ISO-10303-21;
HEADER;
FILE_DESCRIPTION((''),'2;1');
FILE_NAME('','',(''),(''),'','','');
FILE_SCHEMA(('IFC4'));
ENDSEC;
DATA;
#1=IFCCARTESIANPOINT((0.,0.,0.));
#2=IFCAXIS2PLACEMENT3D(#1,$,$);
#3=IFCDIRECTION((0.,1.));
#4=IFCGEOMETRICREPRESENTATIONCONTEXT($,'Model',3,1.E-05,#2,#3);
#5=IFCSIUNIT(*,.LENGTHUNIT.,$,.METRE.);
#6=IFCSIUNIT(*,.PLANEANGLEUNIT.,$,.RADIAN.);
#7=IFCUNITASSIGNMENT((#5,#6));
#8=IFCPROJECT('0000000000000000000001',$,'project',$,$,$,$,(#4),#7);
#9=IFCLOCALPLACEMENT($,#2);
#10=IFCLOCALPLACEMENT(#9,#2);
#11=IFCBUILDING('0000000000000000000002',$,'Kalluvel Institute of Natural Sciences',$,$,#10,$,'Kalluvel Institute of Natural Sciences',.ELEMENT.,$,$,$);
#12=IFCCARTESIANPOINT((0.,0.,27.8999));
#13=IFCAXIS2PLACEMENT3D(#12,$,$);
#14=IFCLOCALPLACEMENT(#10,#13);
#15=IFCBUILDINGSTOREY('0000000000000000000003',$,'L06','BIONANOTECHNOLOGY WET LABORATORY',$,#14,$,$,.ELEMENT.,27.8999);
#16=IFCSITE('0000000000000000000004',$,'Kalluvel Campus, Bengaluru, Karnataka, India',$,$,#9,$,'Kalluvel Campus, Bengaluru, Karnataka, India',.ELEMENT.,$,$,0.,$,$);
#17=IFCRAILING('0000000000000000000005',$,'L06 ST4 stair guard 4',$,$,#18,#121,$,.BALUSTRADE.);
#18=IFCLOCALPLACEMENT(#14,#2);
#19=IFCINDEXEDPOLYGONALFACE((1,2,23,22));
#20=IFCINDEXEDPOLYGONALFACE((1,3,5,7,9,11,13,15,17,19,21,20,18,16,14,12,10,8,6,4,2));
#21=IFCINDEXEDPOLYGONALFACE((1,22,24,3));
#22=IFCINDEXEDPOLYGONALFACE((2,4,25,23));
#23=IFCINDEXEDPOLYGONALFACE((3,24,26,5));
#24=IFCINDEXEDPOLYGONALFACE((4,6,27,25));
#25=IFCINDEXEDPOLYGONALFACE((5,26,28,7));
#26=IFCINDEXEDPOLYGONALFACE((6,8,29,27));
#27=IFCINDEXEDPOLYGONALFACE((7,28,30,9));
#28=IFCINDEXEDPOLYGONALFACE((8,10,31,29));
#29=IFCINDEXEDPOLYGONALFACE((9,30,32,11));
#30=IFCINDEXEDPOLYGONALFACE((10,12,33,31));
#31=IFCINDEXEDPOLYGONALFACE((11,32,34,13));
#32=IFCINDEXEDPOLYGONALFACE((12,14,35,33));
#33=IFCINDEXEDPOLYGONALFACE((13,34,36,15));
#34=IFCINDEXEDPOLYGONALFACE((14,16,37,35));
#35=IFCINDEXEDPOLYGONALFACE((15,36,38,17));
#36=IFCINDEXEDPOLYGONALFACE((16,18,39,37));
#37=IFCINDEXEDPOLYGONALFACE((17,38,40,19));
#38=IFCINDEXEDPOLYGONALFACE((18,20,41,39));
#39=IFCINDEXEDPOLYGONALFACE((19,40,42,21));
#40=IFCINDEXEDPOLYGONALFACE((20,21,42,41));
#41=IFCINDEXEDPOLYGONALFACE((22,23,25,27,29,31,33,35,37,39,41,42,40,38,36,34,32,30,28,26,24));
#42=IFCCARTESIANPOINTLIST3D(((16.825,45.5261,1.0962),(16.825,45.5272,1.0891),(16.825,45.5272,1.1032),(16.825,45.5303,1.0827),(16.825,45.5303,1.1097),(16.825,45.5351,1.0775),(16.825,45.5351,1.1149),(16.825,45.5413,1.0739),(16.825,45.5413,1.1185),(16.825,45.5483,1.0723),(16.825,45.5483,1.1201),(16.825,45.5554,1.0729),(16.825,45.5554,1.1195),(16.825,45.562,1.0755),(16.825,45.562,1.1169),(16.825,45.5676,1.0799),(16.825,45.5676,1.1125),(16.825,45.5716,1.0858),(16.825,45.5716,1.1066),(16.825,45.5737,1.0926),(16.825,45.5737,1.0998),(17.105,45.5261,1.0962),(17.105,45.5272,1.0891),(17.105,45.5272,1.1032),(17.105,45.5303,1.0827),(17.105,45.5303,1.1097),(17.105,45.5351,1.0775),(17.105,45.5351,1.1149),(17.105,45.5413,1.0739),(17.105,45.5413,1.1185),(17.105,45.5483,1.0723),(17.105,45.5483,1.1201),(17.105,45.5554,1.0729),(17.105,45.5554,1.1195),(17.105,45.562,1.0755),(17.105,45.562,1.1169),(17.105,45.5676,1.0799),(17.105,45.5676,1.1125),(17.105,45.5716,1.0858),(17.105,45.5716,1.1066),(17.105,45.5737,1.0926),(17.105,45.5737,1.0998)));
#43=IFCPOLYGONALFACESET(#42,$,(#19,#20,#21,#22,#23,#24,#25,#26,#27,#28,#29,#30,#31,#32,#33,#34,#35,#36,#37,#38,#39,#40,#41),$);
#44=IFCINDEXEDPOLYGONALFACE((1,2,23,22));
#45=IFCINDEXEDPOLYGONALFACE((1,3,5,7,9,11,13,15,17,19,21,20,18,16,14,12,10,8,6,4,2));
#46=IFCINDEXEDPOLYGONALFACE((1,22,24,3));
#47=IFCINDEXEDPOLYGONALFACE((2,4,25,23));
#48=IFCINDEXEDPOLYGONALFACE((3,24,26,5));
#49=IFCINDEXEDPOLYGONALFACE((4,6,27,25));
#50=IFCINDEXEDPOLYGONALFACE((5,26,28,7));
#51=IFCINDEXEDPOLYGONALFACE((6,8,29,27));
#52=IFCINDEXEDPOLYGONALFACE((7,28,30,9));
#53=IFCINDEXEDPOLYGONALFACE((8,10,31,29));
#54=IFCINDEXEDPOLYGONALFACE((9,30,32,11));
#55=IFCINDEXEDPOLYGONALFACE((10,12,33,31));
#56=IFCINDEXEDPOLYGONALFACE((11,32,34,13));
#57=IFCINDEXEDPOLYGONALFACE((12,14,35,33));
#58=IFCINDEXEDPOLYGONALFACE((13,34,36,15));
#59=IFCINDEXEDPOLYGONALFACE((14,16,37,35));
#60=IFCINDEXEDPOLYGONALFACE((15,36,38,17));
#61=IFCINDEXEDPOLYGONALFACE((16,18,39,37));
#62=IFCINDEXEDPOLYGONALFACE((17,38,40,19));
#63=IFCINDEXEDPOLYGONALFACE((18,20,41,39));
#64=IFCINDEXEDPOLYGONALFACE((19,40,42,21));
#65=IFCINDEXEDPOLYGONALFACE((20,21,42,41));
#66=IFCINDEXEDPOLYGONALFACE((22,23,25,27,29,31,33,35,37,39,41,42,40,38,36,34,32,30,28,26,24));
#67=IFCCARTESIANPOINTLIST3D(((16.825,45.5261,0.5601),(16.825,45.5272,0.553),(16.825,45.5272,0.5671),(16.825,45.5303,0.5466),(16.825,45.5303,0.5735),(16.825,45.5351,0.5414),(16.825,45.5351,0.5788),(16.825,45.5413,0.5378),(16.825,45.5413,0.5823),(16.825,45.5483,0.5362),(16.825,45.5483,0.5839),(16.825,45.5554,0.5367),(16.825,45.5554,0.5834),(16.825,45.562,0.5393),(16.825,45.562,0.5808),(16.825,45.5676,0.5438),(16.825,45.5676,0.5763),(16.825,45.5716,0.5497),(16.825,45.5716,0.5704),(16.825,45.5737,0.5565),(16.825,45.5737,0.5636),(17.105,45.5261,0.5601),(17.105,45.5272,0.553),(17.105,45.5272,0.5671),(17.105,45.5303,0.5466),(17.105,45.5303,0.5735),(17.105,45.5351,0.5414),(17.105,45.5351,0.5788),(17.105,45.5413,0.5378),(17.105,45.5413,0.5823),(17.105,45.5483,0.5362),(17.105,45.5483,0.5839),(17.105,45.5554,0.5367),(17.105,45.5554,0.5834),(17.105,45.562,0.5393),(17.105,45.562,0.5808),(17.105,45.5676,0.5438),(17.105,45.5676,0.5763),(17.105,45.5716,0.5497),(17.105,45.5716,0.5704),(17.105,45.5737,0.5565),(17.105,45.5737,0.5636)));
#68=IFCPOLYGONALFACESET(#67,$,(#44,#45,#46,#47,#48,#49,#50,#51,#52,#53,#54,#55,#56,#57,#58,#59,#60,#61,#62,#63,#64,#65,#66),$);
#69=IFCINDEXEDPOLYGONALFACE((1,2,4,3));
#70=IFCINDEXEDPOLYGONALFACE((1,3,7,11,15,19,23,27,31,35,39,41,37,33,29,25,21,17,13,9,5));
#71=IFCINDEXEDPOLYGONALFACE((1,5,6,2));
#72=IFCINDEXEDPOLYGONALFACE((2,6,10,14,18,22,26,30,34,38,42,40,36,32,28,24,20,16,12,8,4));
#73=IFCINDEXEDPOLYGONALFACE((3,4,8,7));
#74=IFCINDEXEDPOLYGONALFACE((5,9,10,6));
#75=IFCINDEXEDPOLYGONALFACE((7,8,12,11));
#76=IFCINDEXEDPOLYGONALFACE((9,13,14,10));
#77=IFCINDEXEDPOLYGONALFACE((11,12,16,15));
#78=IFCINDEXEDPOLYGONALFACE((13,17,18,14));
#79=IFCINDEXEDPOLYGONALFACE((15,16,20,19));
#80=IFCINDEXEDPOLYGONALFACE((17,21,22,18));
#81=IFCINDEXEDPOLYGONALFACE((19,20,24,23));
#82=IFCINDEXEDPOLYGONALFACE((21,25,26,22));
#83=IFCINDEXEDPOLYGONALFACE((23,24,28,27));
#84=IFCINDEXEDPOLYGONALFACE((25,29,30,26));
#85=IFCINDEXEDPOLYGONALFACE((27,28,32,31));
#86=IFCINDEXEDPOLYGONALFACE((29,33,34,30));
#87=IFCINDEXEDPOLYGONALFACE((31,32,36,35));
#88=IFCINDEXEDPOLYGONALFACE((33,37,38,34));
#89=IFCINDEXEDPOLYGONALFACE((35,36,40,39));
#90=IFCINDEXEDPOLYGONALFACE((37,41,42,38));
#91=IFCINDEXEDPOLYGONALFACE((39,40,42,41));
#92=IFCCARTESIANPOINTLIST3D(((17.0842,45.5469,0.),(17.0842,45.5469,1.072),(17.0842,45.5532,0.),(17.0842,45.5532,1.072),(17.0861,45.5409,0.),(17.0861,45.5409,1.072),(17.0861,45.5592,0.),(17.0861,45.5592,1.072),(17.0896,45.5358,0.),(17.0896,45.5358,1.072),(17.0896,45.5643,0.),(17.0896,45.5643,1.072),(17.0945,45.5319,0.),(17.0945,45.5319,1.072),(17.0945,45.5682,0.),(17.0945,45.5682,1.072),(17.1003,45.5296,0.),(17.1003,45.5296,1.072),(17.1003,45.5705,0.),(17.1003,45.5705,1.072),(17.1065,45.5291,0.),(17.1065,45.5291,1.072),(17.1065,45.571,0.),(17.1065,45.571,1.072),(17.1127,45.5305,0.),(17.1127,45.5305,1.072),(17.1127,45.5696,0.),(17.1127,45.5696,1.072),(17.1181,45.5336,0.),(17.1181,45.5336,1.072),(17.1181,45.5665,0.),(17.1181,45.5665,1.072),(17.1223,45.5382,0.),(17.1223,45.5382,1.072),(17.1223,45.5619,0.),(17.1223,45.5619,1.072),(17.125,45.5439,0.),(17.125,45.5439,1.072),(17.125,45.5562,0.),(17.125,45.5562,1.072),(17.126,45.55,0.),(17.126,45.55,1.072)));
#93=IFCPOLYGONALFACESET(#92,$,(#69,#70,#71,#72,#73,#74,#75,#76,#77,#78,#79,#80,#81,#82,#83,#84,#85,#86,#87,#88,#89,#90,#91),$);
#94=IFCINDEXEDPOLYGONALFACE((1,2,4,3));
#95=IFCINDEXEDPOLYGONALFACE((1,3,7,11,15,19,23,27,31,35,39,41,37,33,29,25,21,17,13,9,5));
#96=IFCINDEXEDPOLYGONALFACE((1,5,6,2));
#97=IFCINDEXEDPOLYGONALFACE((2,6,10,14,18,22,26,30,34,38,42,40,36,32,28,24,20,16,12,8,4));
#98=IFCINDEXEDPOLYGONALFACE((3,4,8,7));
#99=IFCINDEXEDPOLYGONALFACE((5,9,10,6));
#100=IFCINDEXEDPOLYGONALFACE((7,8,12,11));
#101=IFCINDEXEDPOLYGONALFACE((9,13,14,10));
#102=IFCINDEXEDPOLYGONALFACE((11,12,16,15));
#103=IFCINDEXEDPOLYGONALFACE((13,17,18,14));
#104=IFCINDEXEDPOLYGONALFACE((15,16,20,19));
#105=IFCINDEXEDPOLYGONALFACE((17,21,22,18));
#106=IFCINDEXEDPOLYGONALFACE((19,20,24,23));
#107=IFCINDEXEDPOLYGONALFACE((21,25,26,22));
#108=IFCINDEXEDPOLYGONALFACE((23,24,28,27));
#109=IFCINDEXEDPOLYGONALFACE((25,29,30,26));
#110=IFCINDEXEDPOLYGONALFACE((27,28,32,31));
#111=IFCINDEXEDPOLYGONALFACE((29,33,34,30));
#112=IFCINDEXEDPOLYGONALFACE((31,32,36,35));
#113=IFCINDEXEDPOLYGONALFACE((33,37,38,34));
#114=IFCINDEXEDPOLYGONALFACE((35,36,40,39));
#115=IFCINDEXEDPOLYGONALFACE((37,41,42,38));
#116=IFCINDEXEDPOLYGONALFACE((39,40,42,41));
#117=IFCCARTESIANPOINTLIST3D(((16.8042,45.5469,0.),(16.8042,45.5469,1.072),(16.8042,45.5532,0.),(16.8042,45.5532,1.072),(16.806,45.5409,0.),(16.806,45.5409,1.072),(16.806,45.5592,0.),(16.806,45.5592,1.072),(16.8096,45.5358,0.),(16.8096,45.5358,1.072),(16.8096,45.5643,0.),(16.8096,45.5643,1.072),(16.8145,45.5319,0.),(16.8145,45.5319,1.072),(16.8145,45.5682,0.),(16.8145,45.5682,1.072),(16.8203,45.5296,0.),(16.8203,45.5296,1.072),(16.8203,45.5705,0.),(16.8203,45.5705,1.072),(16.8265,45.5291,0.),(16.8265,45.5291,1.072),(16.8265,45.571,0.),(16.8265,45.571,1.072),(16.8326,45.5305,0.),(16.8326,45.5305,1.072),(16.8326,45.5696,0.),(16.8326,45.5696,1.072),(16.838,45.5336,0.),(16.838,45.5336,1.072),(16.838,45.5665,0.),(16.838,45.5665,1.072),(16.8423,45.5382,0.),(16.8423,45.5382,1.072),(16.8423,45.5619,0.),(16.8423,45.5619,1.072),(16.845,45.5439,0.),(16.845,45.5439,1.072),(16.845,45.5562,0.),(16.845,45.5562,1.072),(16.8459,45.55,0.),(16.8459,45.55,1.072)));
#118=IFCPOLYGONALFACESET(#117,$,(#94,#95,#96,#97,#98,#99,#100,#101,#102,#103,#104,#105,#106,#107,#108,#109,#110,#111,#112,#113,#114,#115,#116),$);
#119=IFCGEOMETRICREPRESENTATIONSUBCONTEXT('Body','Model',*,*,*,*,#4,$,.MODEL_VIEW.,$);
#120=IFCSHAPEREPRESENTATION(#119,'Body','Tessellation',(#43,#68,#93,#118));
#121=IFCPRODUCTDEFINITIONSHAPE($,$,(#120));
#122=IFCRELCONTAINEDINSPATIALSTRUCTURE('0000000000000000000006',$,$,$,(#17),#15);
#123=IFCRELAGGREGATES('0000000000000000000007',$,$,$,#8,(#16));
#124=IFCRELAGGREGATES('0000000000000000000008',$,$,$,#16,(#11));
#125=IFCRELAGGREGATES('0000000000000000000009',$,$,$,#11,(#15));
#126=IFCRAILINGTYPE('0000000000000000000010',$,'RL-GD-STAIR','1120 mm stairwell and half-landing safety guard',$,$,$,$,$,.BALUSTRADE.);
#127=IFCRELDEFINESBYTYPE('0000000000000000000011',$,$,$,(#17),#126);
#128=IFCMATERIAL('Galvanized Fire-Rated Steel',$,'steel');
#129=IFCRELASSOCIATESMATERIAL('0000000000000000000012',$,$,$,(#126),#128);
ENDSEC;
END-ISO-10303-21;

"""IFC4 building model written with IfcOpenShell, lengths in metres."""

from ifc_helpers import new_model, si_unit, direction, frame, origin, origin_2d, place, context, subcontext, project, spatial, circle, extrude, material, type_object, element, save


model = new_model("IFC4")

# Units and contexts
model_context = context("Model", 3, precision=1e-05, world=origin(), true_north=direction((0.0, 1.0)))
body_context = subcontext(model_context, "Body", "Model", "MODEL_VIEW")
ifc_project = project(units=[si_unit("LENGTHUNIT", "METRE"), si_unit("PLANEANGLEUNIT", "RADIAN")], contexts=[model_context])

# Site, building, storey
site_placement = place(None, origin())
site = spatial("IfcSite", under=ifc_project, at=site_placement, Name="Kalluvel Campus, Bengaluru, Karnataka, India", LongName="Kalluvel Campus, Bengaluru, Karnataka, India", CompositionType="ELEMENT", RefElevation=0.0)
building_placement = place(site_placement, origin())
building = spatial("IfcBuilding", under=site, at=building_placement, Name="Kalluvel Institute of Natural Sciences", LongName="Kalluvel Institute of Natural Sciences", CompositionType="ELEMENT")
storey_placement = place(building_placement, frame((0.0, 0.0, 27.8999)))
storey = spatial("IfcBuildingStorey", under=building, at=storey_placement, Name="L06", Description="BIONANOTECHNOLOGY WET LABORATORY", CompositionType="ELEMENT", Elevation=27.8999)

# Shared definitions
ifc_material_1 = material(Name="Galvanized Fire-Rated Steel", Category="steel")

# Railing
railing_type_1 = type_object("IfcRailingType", Name="RL-GD-STAIR", Description="1120 mm stairwell and half-landing safety guard", PredefinedType="BALUSTRADE", material=ifc_material_1)
railing_1_placement = place(storey_placement, frame((17.105, 45.55, 0.0)))
element("IfcRailing", 1, at=railing_1_placement, inside=storey, type_object=railing_type_1, Name="L06 ST4 stair guard 4", PredefinedType="BALUSTRADE", context=body_context, shape_type="SweptSolid", body=[
    extrude(circle(Radius=0.0239, at=origin_2d()), frame((0.0, 0.0, 1.0962), z_axis=(-1.0, 0.0, 0.0), x_axis=(0.0, -1.0, 0.0)), (0.0, 0.0, 1.0), 0.28),
    extrude(circle(Radius=0.0239, at=origin_2d()), frame((0.0, 0.0, 0.5601), z_axis=(-1.0, 0.0, 0.0), x_axis=(0.0, -1.0, 0.0)), (0.0, 0.0, 1.0), 0.28),
    extrude(circle(Radius=0.021, at=origin_2d()), origin(), (0.0, 0.0, 1.0), 1.072),
    extrude(circle(Radius=0.021, at=origin_2d()), frame((-0.28, 0.0, 0.0)), (0.0, 0.0, 1.0), 1.072),
])

save(model, "model.ifc")
